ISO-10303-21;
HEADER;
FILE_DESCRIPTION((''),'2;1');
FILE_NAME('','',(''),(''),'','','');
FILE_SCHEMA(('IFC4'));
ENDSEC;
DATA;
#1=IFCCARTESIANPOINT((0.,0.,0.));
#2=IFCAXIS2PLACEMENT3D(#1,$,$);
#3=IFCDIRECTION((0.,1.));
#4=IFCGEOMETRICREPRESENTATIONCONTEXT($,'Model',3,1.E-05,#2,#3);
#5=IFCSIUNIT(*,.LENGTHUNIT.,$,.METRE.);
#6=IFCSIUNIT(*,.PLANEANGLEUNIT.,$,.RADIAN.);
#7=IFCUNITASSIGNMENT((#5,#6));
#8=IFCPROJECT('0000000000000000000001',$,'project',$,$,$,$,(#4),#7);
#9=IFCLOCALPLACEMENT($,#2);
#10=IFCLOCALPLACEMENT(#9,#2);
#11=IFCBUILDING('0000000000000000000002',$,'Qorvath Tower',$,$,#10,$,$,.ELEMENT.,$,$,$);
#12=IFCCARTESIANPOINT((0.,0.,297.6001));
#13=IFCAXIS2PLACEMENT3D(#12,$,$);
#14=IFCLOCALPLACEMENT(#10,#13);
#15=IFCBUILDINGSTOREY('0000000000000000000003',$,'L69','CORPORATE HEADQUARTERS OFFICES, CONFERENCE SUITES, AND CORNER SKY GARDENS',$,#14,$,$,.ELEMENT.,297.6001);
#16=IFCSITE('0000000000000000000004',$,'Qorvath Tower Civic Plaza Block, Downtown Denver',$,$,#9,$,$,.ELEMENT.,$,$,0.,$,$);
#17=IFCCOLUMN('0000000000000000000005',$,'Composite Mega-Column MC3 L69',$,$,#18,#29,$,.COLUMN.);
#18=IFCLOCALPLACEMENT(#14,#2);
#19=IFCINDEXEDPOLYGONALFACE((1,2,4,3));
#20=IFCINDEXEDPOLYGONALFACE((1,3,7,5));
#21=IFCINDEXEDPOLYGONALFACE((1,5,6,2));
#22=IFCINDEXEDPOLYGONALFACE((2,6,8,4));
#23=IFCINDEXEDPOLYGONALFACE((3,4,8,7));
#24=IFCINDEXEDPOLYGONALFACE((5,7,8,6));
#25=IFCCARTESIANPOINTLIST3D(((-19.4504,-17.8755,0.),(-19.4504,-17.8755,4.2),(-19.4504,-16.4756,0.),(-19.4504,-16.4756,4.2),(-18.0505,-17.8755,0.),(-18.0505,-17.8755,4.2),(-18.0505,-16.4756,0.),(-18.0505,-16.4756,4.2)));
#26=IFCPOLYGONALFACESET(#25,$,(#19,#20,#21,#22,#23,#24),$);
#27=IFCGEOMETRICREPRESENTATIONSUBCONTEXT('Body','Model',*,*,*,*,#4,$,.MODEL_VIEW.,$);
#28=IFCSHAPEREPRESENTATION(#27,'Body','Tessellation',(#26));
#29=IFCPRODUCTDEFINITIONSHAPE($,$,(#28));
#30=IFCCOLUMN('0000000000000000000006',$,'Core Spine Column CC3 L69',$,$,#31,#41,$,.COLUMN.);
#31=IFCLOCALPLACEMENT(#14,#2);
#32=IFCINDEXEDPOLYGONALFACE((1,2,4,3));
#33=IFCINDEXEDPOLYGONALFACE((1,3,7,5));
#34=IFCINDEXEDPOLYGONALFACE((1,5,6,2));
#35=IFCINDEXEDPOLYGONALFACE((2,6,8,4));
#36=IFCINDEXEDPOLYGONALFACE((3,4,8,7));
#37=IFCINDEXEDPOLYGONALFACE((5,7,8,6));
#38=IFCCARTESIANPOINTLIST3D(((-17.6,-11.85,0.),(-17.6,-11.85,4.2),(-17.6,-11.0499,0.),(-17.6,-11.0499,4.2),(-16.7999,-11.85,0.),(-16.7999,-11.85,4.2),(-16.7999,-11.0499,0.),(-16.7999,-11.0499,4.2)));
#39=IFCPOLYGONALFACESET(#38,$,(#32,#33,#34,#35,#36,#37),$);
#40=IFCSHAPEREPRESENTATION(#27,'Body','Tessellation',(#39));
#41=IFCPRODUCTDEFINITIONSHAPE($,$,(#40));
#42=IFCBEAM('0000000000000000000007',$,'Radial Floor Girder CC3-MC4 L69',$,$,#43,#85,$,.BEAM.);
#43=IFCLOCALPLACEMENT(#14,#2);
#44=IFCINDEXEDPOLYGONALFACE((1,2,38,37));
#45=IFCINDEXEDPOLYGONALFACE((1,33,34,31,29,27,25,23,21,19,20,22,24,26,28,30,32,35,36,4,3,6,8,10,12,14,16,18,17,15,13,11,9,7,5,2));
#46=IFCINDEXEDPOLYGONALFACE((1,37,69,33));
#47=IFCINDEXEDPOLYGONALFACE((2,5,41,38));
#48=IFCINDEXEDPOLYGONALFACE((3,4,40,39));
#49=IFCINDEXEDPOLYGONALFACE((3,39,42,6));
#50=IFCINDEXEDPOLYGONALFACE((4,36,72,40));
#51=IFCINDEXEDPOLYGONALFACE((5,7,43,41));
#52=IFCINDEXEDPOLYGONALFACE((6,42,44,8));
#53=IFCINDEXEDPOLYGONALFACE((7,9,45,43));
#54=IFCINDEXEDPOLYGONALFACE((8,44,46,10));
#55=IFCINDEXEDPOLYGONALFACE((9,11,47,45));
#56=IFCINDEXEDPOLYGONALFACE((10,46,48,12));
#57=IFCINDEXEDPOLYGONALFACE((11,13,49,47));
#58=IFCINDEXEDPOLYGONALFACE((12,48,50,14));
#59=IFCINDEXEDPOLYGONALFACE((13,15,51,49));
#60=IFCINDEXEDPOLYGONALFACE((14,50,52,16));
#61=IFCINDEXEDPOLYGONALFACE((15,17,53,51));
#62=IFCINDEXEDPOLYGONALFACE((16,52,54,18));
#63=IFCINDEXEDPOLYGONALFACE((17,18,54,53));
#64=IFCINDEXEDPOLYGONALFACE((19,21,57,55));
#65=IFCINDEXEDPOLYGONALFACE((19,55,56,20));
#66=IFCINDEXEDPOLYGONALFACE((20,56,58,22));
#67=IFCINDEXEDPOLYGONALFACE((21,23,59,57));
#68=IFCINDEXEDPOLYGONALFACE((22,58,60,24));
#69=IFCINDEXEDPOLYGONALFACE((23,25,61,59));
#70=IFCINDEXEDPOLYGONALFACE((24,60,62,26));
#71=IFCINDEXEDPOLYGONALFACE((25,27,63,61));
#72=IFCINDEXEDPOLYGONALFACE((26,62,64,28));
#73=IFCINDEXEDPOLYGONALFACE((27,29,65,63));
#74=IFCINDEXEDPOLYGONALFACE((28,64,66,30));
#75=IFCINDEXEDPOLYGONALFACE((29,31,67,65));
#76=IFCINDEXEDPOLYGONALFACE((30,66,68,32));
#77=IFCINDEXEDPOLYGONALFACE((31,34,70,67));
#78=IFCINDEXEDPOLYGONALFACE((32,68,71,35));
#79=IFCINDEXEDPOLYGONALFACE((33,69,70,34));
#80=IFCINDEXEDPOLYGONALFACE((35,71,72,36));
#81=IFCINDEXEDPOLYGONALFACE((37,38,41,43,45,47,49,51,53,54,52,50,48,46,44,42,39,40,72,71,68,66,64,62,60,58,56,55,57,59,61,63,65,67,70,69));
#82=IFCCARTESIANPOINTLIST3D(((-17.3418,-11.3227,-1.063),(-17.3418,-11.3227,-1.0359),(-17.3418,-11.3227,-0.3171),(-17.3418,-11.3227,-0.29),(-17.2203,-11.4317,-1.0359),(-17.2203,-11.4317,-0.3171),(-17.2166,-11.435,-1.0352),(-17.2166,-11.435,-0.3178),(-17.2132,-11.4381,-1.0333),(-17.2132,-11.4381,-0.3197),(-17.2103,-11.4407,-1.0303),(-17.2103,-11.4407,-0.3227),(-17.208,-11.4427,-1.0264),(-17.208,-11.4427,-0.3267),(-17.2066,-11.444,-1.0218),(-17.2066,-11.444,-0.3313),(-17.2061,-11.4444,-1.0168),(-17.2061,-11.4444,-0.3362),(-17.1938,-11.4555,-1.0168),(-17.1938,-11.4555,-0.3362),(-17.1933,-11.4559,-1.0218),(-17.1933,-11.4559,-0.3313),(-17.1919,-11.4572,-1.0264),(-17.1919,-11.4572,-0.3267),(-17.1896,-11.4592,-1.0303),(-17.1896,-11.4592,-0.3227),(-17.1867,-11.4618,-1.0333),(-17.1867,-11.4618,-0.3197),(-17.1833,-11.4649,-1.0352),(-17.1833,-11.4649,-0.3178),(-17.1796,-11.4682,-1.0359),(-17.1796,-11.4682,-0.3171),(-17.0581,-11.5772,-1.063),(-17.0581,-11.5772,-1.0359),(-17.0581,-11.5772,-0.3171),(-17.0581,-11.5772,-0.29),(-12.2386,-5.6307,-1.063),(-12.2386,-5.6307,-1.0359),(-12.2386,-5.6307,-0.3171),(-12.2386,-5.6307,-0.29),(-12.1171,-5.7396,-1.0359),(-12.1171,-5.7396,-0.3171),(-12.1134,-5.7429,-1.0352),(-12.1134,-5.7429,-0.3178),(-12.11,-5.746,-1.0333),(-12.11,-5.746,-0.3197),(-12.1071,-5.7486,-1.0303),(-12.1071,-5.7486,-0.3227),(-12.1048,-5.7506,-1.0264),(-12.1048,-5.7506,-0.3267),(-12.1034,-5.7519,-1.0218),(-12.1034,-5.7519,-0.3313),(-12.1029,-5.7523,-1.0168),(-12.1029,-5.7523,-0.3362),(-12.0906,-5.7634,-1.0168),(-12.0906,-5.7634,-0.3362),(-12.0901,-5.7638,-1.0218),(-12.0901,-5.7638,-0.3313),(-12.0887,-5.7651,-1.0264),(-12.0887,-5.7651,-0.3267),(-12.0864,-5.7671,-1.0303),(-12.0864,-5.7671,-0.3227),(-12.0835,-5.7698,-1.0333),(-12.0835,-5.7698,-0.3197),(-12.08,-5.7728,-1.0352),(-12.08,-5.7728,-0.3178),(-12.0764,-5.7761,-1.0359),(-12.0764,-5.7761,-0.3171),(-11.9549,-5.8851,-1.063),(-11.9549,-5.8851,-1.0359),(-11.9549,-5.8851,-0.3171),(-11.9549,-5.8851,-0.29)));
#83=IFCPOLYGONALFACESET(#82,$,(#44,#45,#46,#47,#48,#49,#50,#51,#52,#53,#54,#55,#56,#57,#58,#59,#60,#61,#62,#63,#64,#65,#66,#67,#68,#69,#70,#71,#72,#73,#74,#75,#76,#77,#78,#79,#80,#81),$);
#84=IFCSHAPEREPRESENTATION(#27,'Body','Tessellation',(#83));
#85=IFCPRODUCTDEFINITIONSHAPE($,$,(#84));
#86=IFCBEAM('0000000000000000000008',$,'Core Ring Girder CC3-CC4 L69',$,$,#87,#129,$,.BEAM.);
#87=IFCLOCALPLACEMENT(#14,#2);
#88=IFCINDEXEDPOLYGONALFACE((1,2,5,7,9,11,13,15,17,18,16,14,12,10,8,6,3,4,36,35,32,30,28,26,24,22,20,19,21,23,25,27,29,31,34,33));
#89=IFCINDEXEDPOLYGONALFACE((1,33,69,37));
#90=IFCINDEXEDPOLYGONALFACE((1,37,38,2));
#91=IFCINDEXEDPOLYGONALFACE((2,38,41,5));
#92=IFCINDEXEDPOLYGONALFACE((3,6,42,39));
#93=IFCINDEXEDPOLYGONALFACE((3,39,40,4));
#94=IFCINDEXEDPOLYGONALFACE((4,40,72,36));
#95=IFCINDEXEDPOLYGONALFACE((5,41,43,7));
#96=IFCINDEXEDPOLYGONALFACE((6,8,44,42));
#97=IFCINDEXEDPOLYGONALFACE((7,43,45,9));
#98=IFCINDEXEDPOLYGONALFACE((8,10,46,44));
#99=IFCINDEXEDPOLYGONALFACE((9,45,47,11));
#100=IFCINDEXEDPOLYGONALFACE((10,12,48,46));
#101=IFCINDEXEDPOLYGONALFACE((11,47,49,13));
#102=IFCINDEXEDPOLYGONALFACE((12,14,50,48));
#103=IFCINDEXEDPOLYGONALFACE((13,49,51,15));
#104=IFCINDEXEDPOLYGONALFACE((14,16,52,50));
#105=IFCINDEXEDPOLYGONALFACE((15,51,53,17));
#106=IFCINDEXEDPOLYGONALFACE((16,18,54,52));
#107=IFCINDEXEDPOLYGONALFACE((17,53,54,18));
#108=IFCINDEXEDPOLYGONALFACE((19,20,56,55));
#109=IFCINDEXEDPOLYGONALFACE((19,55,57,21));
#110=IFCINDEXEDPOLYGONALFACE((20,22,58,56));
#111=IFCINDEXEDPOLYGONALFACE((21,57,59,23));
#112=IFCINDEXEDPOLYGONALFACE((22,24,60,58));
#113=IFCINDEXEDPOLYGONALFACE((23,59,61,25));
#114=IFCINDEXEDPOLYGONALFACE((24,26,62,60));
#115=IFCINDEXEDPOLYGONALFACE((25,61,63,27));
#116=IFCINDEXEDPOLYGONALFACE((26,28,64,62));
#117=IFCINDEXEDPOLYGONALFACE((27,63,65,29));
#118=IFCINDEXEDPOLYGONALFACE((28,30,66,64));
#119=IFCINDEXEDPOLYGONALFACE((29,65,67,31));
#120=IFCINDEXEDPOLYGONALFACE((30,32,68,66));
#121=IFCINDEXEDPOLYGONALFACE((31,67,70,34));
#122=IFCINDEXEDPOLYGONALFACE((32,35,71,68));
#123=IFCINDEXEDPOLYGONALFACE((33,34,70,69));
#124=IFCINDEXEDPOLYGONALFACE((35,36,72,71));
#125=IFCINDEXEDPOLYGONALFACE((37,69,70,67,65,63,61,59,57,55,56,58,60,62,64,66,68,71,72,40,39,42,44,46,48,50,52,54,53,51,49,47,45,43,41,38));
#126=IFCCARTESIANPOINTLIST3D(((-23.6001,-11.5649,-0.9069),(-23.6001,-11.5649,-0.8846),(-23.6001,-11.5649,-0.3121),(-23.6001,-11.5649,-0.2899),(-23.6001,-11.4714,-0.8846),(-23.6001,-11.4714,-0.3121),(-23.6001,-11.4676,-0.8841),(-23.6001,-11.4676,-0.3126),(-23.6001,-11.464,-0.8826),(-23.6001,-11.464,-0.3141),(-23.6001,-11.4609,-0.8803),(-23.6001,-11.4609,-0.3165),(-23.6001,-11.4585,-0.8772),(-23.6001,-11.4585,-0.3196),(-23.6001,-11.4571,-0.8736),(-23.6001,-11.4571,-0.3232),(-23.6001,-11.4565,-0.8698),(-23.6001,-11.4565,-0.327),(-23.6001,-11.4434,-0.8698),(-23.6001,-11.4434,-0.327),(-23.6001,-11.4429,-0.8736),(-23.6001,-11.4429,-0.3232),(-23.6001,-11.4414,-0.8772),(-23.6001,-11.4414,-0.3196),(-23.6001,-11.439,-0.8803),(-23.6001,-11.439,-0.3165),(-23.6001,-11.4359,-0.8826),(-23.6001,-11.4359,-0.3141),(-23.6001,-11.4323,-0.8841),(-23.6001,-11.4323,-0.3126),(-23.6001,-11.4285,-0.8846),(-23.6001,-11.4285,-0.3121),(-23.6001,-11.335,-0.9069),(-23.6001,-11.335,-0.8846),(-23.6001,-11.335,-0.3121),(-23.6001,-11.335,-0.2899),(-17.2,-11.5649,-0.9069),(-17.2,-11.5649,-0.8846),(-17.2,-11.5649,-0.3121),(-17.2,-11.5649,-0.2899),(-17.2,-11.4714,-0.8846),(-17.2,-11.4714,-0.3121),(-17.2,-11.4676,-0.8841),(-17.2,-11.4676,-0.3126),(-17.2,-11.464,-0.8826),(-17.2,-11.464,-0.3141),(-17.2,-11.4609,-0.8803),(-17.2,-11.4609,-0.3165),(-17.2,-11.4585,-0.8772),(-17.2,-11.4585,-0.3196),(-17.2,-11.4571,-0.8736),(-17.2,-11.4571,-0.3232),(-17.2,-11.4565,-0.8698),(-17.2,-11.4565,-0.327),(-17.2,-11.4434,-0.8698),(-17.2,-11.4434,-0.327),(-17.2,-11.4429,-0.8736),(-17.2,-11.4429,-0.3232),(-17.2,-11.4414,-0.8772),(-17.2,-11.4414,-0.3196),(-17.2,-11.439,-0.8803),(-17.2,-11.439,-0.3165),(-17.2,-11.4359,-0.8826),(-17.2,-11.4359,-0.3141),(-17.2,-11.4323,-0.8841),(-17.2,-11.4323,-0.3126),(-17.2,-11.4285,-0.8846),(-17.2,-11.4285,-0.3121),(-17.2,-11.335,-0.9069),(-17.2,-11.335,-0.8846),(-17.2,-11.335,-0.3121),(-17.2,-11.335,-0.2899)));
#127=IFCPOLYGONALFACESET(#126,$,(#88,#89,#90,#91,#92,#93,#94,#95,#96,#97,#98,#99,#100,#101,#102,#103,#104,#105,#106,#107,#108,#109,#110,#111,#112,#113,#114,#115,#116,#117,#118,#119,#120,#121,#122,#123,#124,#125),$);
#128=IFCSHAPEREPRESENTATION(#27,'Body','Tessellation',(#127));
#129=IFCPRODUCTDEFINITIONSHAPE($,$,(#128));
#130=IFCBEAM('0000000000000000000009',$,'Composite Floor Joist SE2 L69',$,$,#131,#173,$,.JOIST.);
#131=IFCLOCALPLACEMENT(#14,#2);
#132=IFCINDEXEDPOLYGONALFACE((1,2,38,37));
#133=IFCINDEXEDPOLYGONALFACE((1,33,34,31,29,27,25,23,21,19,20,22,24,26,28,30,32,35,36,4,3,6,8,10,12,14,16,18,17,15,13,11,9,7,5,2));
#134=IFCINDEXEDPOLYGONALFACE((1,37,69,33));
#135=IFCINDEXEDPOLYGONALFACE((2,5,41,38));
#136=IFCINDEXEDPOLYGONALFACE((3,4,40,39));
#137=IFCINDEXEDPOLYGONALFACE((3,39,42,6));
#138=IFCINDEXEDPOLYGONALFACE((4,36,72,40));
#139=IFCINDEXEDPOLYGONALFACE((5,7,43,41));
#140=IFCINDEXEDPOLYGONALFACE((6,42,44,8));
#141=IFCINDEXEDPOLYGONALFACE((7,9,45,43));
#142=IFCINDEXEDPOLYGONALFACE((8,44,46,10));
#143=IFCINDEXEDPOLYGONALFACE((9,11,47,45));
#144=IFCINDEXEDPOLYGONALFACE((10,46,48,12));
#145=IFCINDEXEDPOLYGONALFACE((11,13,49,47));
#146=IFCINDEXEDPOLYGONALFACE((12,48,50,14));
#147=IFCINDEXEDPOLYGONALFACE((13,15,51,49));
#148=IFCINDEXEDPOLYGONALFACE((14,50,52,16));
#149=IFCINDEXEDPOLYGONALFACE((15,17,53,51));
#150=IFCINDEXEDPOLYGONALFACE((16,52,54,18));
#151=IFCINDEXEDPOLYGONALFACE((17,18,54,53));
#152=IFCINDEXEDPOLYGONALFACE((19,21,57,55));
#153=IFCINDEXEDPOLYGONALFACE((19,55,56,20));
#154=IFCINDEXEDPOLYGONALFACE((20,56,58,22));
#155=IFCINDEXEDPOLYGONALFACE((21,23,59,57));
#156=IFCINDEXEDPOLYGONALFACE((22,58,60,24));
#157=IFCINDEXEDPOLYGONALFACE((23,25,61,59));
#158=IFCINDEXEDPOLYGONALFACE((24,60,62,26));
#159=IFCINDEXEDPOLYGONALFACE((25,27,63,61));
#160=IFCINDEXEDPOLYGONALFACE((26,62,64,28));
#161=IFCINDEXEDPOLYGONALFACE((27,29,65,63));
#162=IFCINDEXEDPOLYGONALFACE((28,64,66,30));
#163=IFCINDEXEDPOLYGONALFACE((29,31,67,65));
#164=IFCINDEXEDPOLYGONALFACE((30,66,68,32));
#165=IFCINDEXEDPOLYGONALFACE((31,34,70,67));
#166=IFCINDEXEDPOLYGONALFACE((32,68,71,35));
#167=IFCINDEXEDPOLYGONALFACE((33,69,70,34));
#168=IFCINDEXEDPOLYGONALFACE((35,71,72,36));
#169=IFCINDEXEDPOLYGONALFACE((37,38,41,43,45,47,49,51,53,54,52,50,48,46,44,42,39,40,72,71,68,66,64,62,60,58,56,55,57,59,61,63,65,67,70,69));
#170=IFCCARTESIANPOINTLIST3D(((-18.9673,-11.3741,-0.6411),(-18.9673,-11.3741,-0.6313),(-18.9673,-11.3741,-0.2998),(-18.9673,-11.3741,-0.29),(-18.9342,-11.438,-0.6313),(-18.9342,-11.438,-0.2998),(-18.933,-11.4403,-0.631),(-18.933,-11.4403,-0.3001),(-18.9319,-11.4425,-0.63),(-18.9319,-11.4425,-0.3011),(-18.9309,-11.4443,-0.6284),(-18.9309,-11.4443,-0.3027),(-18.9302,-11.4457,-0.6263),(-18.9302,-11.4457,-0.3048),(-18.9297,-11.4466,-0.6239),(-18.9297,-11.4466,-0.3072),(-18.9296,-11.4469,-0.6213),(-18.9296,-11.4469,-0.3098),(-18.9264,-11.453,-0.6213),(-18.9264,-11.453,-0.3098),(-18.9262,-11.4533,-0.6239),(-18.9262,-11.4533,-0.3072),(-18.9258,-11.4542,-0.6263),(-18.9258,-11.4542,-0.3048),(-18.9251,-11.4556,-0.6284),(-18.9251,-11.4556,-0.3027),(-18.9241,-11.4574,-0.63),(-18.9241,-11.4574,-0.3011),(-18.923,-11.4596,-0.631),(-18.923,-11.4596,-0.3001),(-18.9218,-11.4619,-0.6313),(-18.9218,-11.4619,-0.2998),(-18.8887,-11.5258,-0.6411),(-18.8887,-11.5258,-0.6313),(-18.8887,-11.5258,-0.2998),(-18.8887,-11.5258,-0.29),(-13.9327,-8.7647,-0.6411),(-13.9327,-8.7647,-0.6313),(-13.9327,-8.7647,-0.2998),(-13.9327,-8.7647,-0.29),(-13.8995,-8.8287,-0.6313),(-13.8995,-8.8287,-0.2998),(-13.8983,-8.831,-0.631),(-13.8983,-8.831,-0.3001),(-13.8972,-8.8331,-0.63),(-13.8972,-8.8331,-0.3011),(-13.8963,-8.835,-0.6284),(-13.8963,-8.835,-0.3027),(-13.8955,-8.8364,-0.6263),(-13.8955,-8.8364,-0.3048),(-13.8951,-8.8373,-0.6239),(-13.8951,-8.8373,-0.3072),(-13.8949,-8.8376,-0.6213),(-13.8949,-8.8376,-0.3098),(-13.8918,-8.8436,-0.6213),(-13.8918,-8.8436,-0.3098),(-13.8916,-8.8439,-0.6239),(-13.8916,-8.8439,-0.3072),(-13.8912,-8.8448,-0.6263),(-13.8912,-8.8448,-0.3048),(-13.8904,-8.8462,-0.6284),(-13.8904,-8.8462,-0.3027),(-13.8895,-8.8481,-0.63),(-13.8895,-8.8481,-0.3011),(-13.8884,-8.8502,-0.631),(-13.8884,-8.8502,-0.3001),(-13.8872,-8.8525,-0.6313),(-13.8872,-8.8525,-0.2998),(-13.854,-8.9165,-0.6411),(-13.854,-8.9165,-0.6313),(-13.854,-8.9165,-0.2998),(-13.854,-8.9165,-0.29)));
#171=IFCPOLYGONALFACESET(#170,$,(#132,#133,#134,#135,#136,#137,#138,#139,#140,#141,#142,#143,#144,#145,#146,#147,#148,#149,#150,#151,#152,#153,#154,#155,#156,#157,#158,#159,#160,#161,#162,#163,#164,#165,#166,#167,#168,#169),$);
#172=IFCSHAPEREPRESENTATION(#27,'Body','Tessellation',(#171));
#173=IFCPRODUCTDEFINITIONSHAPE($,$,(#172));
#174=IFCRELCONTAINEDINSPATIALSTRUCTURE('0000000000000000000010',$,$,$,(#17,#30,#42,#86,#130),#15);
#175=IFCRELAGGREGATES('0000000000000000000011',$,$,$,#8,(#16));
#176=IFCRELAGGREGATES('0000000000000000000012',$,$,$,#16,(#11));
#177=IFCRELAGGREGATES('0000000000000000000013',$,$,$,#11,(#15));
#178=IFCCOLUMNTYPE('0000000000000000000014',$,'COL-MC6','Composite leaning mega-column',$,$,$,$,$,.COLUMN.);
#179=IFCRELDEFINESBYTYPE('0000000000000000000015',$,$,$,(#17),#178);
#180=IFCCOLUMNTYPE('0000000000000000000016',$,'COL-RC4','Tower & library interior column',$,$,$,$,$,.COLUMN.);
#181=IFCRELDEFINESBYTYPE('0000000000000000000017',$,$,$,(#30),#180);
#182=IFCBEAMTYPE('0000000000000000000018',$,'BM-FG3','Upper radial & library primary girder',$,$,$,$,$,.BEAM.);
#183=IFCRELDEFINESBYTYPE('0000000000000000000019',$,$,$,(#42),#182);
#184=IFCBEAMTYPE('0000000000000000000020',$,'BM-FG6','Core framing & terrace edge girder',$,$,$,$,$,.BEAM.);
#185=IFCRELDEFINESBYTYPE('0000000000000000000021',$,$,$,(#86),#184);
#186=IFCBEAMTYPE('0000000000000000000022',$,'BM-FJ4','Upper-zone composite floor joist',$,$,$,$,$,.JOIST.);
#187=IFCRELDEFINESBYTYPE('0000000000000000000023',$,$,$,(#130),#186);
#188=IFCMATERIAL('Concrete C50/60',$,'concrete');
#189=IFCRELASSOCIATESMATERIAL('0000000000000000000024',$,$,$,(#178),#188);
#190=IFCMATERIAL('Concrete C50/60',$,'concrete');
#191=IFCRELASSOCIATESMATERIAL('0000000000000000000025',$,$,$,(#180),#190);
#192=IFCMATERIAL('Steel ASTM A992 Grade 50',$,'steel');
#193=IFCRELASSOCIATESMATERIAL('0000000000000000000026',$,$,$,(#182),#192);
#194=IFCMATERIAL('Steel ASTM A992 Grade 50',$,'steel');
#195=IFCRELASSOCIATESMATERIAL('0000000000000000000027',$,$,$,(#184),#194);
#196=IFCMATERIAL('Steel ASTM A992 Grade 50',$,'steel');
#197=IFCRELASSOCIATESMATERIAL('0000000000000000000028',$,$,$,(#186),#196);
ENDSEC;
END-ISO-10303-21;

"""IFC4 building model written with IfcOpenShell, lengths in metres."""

from ifc_helpers import new_model, si_unit, direction, frame, origin, origin_2d, place, context, subcontext, project, spatial, rectangle, i_section, extrude, material, material_profile, profile_set, type_object, element, save


model = new_model("IFC4")

# Units and contexts
model_context = context("Model", 3, precision=1e-05, world=origin(), true_north=direction((0.0, 1.0)))
body_context = subcontext(model_context, "Body", "Model", "MODEL_VIEW")
ifc_project = project(units=[si_unit("LENGTHUNIT", "METRE"), si_unit("PLANEANGLEUNIT", "RADIAN")], contexts=[model_context])

# Site, building, storey
site_placement = place(None, origin())
site = spatial("IfcSite", under=ifc_project, at=site_placement, Name="Qorvath Tower Civic Plaza Block, Downtown Denver", CompositionType="ELEMENT", RefElevation=0.0)
building_placement = place(site_placement, origin())
building = spatial("IfcBuilding", under=site, at=building_placement, Name="Qorvath Tower", CompositionType="ELEMENT")
storey_placement = place(building_placement, frame((0.0, 0.0, 297.6001)))
storey = spatial("IfcBuildingStorey", under=building, at=storey_placement, Name="L69", Description="CORPORATE HEADQUARTERS OFFICES, CONFERENCE SUITES, AND CORNER SKY GARDENS", CompositionType="ELEMENT", Elevation=297.6001)

# Columns
ifc_material_1 = material(Name="Concrete C50/60", Category="concrete")
ifc_material_profile_1 = material_profile(ifc_material_1, rectangle(XDim=1.3999, YDim=1.3999, at=origin_2d()), Name="MC 1400x1400")
ifc_profile_set_1 = profile_set([ifc_material_profile_1], Name="Concrete C50/60")
column_type_1 = type_object("IfcColumnType", Name="COL-MC6", Description="Composite leaning mega-column", PredefinedType="COLUMN", material=ifc_profile_set_1)
column_1_placement = place(storey_placement, frame((-18.7505, -17.1755, 0.0), z_axis=(0.0, 0.0, 1.0), x_axis=(1.0, 0.0, 0.0)))
element("IfcColumn", 1, at=column_1_placement, inside=storey, type_object=column_type_1, Name="Composite Mega-Column MC3 L69", PredefinedType="COLUMN", context=body_context, shape_type="SweptSolid", body=[
    extrude(rectangle(XDim=1.3999, YDim=1.3999, at=origin_2d()), origin(), (0.0, 0.0, 1.0), 4.2),
])
ifc_material_2 = material(Name="Concrete C50/60", Category="concrete")
ifc_material_profile_2 = material_profile(ifc_material_2, rectangle(XDim=0.8, YDim=0.8, at=origin_2d()), Name="RC 800x800")
ifc_profile_set_2 = profile_set([ifc_material_profile_2], Name="Concrete C50/60")
column_type_2 = type_object("IfcColumnType", Name="COL-RC4", Description="Tower & library interior column", PredefinedType="COLUMN", material=ifc_profile_set_2)
column_2_placement = place(storey_placement, frame((-17.2, -11.45, 0.0), z_axis=(0.0, 0.0, 1.0), x_axis=(1.0, 0.0, 0.0)))
element("IfcColumn", 2, at=column_2_placement, inside=storey, type_object=column_type_2, Name="Core Spine Column CC3 L69", PredefinedType="COLUMN", context=body_context, shape_type="SweptSolid", body=[
    extrude(rectangle(XDim=0.8, YDim=0.8, at=origin_2d()), origin(), (0.0, 0.0, 1.0), 4.2),
])

# Beams
ifc_material_3 = material(Name="Steel ASTM A992 Grade 50", Category="steel")
ifc_material_profile_3 = material_profile(ifc_material_3, i_section(OverallWidth=0.3811, OverallDepth=0.7729, WebThickness=0.0166, FlangeThickness=0.0271, FilletRadius=0.019, at=origin_2d()), Name="W30x173")
ifc_profile_set_3 = profile_set([ifc_material_profile_3], Name="Steel ASTM A992 Grade 50")
beam_type_1 = type_object("IfcBeamType", Name="BM-FG3", Description="Upper radial & library primary girder", PredefinedType="BEAM", material=ifc_profile_set_3)
beam_1_placement = place(storey_placement, frame((-17.2, -11.45, -0.6765), z_axis=(0.667543, 0.744571, 0.0), x_axis=(-0.744571, 0.667543, 0.0)))
element("IfcBeam", 3, at=beam_1_placement, inside=storey, type_object=beam_type_1, Name="Radial Floor Girder CC3-MC4 L69", PredefinedType="BEAM", context=body_context, shape_type="SweptSolid", body=[
    extrude(i_section(OverallWidth=0.3811, OverallDepth=0.7729, WebThickness=0.0166, FlangeThickness=0.0271, FilletRadius=0.019, at=origin_2d()), origin(), (0.0, 0.0, 1.0), 7.6448),
])
ifc_material_4 = material(Name="Steel ASTM A992 Grade 50", Category="steel")
ifc_material_profile_4 = material_profile(ifc_material_4, i_section(OverallWidth=0.23, OverallDepth=0.6169, WebThickness=0.0132, FlangeThickness=0.0222, FilletRadius=0.0149, at=origin_2d()), Name="W24x94")
ifc_profile_set_4 = profile_set([ifc_material_profile_4], Name="Steel ASTM A992 Grade 50")
beam_type_2 = type_object("IfcBeamType", Name="BM-FG6", Description="Core framing & terrace edge girder", PredefinedType="BEAM", material=ifc_profile_set_4)
beam_2_placement = place(storey_placement, frame((-17.2, -11.45, -0.5984), z_axis=(-1.0, 0.0, 0.0), x_axis=(0.0, -1.0, 0.0)))
element("IfcBeam", 4, at=beam_2_placement, inside=storey, type_object=beam_type_2, Name="Core Ring Girder CC3-CC4 L69", PredefinedType="BEAM", context=body_context, shape_type="SweptSolid", body=[
    extrude(i_section(OverallWidth=0.23, OverallDepth=0.6169, WebThickness=0.0132, FlangeThickness=0.0222, FilletRadius=0.0149, at=origin_2d()), origin(), (0.0, 0.0, 1.0), 6.4001),
])
ifc_material_5 = material(Name="Steel ASTM A992 Grade 50", Category="steel")
ifc_material_profile_5 = material_profile(ifc_material_5, i_section(OverallWidth=0.1709, OverallDepth=0.3511, WebThickness=0.0068, FlangeThickness=0.0098, FilletRadius=0.01, at=origin_2d()), Name="W14x30")
ifc_profile_set_5 = profile_set([ifc_material_profile_5], Name="Steel ASTM A992 Grade 50")
beam_type_3 = type_object("IfcBeamType", Name="BM-FJ4", Description="Upper-zone composite floor joist", PredefinedType="JOIST", material=ifc_profile_set_5)
beam_3_placement = place(storey_placement, frame((-18.928, -11.45, -0.4656), z_axis=(0.887841, 0.460151, 0.0), x_axis=(-0.460151, 0.887841, 0.0)))
element("IfcBeam", 5, at=beam_3_placement, inside=storey, type_object=beam_type_3, Name="Composite Floor Joist SE2 L69", PredefinedType="JOIST", context=body_context, shape_type="SweptSolid", body=[
    extrude(i_section(OverallWidth=0.1709, OverallDepth=0.3511, WebThickness=0.0068, FlangeThickness=0.0098, FilletRadius=0.01, at=origin_2d()), origin(), (0.0, 0.0, 1.0), 5.6707),
])

save(model, "model.ifc")
